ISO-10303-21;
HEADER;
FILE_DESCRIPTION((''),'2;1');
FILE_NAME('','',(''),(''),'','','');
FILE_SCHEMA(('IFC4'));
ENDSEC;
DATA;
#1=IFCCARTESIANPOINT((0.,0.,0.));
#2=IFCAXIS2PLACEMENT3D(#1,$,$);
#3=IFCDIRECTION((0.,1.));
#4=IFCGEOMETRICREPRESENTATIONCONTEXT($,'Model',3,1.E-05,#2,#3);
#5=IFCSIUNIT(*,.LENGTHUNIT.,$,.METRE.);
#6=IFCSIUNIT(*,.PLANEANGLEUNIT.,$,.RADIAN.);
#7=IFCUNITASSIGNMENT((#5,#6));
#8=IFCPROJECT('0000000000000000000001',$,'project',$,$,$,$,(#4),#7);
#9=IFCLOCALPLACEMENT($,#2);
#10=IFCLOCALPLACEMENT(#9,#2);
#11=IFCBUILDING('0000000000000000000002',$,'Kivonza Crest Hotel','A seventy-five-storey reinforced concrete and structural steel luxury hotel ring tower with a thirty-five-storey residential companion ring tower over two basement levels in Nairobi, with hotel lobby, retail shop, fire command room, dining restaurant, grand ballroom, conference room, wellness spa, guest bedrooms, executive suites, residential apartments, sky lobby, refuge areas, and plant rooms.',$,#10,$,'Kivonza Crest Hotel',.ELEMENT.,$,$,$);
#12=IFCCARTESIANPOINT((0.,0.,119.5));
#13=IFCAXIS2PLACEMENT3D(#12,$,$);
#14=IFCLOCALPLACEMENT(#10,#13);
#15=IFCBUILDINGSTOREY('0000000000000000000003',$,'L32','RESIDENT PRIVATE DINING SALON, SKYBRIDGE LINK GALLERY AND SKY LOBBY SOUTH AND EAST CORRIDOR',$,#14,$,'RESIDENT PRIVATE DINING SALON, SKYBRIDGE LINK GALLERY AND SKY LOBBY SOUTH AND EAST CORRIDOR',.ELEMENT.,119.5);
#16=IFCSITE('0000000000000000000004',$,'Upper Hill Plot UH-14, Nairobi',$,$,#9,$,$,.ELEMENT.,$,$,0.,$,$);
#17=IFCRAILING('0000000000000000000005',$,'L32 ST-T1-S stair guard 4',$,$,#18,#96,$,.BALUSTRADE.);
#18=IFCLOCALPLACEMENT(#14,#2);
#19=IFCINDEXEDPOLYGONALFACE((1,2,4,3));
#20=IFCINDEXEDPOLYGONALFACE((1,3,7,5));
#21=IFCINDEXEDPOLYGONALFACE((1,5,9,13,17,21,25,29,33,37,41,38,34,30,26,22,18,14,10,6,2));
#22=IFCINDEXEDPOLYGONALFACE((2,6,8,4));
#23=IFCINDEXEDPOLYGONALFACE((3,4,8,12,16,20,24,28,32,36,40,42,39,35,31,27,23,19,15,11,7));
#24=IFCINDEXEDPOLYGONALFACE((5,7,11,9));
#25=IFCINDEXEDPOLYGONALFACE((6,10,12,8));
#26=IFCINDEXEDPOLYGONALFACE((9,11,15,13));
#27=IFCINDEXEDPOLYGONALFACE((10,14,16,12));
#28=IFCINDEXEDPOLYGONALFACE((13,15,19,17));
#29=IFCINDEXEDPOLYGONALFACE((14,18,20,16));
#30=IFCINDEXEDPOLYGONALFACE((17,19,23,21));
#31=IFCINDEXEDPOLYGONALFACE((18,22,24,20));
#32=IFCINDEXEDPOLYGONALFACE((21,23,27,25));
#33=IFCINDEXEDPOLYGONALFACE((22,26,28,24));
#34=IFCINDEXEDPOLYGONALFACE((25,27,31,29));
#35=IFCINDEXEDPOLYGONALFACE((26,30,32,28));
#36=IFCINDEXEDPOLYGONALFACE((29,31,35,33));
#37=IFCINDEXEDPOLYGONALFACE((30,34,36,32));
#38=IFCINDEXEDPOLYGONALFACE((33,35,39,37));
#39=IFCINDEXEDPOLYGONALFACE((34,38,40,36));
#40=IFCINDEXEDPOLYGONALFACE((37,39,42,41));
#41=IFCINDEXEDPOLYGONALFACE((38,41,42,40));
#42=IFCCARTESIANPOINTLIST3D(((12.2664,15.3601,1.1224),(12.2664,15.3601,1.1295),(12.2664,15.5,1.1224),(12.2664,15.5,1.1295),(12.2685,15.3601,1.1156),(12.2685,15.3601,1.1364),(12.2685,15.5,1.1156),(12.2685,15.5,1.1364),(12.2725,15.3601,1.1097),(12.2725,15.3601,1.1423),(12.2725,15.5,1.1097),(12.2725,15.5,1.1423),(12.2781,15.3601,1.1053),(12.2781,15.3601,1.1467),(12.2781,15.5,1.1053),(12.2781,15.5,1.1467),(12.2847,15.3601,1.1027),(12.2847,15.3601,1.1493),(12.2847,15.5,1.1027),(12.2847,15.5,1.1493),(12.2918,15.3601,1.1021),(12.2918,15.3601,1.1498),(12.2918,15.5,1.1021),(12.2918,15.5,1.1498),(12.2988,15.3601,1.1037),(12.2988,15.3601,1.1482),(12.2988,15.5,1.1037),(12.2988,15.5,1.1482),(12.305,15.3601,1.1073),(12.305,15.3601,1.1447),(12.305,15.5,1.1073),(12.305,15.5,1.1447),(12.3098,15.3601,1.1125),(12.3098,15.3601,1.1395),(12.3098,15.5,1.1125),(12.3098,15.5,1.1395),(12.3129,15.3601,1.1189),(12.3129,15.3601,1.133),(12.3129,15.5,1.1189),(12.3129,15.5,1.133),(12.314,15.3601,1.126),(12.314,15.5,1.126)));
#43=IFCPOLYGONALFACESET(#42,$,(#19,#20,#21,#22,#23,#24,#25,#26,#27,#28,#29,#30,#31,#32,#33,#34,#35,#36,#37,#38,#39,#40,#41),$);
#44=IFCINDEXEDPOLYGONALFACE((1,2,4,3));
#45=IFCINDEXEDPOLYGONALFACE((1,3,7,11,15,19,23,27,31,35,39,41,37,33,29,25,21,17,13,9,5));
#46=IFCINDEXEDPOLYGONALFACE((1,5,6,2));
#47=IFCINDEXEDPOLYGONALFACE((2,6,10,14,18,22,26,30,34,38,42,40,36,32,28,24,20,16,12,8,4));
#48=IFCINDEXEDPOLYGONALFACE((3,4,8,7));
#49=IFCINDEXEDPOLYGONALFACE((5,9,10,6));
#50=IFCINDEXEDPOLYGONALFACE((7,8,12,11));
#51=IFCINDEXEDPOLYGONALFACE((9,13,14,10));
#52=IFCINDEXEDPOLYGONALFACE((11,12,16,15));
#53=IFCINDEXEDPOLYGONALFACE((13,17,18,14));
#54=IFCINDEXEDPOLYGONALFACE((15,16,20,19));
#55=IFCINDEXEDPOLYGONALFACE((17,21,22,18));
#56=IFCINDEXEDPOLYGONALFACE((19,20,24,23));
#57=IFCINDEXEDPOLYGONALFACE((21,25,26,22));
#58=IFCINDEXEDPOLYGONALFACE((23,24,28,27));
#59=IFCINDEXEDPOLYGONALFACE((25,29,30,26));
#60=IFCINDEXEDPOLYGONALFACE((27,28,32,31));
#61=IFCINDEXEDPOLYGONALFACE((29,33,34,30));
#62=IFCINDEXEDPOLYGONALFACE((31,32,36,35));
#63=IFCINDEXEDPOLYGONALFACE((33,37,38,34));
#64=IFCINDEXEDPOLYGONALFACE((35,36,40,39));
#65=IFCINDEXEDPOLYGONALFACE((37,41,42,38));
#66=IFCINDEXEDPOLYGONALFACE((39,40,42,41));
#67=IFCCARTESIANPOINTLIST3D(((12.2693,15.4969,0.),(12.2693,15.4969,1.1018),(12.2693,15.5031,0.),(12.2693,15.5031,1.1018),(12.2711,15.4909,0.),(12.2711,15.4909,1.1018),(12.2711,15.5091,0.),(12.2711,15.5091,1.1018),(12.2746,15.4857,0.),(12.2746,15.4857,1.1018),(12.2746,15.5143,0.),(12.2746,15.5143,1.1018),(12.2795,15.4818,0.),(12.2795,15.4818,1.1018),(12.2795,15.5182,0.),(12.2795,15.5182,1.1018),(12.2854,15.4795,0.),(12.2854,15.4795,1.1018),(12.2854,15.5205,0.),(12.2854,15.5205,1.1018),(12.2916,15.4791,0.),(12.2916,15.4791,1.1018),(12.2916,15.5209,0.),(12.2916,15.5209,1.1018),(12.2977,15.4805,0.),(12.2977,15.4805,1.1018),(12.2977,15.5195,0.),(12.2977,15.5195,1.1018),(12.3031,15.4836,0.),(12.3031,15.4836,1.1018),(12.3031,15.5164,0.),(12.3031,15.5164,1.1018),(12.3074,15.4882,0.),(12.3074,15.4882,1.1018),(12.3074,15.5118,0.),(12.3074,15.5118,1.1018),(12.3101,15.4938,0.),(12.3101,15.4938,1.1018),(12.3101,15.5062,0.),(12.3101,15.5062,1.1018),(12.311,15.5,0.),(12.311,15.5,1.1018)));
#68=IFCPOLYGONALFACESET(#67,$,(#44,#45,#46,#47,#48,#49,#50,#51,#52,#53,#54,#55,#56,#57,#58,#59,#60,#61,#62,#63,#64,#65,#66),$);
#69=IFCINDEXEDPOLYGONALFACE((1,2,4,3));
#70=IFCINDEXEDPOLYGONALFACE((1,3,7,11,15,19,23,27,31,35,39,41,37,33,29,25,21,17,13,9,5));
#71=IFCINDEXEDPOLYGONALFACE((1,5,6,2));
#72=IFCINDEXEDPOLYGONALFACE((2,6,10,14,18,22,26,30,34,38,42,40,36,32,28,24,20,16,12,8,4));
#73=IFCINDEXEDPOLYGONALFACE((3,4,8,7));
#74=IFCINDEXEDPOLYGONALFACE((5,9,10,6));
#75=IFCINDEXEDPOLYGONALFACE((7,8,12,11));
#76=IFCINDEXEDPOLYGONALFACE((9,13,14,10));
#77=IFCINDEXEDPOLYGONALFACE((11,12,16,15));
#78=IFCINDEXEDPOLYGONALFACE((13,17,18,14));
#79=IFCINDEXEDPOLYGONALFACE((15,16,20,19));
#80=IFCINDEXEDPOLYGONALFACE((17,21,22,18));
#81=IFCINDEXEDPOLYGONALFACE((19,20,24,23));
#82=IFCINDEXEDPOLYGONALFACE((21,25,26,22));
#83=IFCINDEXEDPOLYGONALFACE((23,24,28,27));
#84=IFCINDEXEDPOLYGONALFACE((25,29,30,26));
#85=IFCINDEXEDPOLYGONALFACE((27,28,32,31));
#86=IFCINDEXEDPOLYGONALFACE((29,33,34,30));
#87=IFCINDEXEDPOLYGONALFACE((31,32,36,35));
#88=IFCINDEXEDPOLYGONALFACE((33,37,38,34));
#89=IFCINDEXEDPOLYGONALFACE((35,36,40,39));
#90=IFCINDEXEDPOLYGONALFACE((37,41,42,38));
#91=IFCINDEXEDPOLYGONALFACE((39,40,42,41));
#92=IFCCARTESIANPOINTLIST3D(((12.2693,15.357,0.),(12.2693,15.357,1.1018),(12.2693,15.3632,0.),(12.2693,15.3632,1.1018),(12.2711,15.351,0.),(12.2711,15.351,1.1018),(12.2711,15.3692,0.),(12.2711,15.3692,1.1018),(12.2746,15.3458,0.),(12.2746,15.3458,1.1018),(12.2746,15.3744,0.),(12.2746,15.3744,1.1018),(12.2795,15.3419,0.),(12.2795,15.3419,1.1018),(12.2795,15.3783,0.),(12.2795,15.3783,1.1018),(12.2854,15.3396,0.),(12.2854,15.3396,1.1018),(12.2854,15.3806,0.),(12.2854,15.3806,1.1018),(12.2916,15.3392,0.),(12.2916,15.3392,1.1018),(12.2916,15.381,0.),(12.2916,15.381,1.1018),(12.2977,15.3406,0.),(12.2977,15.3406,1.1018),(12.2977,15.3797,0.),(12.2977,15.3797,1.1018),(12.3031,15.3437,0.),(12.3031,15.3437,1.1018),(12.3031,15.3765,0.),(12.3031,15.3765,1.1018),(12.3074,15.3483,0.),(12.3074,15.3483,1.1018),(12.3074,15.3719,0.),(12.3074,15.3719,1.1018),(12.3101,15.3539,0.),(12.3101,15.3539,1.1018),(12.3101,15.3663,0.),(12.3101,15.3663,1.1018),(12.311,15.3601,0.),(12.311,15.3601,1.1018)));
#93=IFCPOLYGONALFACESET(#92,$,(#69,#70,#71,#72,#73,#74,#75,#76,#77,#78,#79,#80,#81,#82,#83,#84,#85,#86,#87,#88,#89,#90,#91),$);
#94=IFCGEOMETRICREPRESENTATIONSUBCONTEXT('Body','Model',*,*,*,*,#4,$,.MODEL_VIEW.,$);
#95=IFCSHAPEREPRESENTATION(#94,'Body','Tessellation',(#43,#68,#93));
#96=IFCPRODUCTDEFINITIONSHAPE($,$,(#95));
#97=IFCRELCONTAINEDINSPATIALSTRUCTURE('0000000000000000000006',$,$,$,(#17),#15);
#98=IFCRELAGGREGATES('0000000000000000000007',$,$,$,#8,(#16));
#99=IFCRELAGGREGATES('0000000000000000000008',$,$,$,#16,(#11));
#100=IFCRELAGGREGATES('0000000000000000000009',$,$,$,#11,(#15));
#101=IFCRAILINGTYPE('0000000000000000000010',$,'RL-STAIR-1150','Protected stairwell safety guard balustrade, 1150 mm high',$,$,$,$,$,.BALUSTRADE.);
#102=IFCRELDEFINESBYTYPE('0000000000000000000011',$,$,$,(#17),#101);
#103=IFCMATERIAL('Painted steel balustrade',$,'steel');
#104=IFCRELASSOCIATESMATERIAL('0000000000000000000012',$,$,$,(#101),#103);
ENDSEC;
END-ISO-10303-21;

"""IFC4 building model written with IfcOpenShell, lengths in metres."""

from ifc_helpers import new_model, si_unit, direction, frame, origin, origin_2d, place, context, subcontext, project, spatial, circle, extrude, material, type_object, element, save


model = new_model("IFC4")

# Units and contexts
model_context = context("Model", 3, precision=1e-05, world=origin(), true_north=direction((0.0, 1.0)))
body_context = subcontext(model_context, "Body", "Model", "MODEL_VIEW")
ifc_project = project(units=[si_unit("LENGTHUNIT", "METRE"), si_unit("PLANEANGLEUNIT", "RADIAN")], contexts=[model_context])

# Site, building, storey
site_placement = place(None, origin())
site = spatial("IfcSite", under=ifc_project, at=site_placement, Name="Upper Hill Plot UH-14, Nairobi", CompositionType="ELEMENT", RefElevation=0.0)
building_placement = place(site_placement, origin())
building = spatial("IfcBuilding", under=site, at=building_placement, Name="Kivonza Crest Hotel", Description="A seventy-five-storey reinforced concrete and structural steel luxury hotel ring tower with a thirty-five-storey residential companion ring tower over two basement levels in Nairobi, with hotel lobby, retail shop, fire command room, dining restaurant, grand ballroom, conference room, wellness spa, guest bedrooms, executive suites, residential apartments, sky lobby, refuge areas, and plant rooms.", LongName="Kivonza Crest Hotel", CompositionType="ELEMENT")
storey_placement = place(building_placement, frame((0.0, 0.0, 119.5)))
storey = spatial("IfcBuildingStorey", under=building, at=storey_placement, Name="L32", Description="RESIDENT PRIVATE DINING SALON, SKYBRIDGE LINK GALLERY AND SKY LOBBY SOUTH AND EAST CORRIDOR", LongName="RESIDENT PRIVATE DINING SALON, SKYBRIDGE LINK GALLERY AND SKY LOBBY SOUTH AND EAST CORRIDOR", CompositionType="ELEMENT", Elevation=119.5)

# Railing
ifc_material_1 = material(Name="Painted steel balustrade", Category="steel")
railing_type_1 = type_object("IfcRailingType", Name="RL-STAIR-1150", Description="Protected stairwell safety guard balustrade, 1150 mm high", PredefinedType="BALUSTRADE", material=ifc_material_1)
railing_1_placement = place(storey_placement, frame((12.29, 15.5, 0.0)))
element("IfcRailing", 1, at=railing_1_placement, inside=storey, type_object=railing_type_1, Name="L32 ST-T1-S stair guard 4", PredefinedType="BALUSTRADE", context=body_context, shape_type="SweptSolid", body=[
    extrude(circle(Radius=0.0239, at=origin_2d()), frame((0.0, 0.0, 1.126), z_axis=(0.0, -1.0, 0.0), x_axis=(1.0, 0.0, 0.0)), (0.0, 0.0, 1.0), 0.1399),
    extrude(circle(Radius=0.021, at=origin_2d()), origin(), (0.0, 0.0, 1.0), 1.1018),
    extrude(circle(Radius=0.021, at=origin_2d()), frame((0.0, -0.1399, 0.0)), (0.0, 0.0, 1.0), 1.1018),
])

save(model, "model.ifc")
